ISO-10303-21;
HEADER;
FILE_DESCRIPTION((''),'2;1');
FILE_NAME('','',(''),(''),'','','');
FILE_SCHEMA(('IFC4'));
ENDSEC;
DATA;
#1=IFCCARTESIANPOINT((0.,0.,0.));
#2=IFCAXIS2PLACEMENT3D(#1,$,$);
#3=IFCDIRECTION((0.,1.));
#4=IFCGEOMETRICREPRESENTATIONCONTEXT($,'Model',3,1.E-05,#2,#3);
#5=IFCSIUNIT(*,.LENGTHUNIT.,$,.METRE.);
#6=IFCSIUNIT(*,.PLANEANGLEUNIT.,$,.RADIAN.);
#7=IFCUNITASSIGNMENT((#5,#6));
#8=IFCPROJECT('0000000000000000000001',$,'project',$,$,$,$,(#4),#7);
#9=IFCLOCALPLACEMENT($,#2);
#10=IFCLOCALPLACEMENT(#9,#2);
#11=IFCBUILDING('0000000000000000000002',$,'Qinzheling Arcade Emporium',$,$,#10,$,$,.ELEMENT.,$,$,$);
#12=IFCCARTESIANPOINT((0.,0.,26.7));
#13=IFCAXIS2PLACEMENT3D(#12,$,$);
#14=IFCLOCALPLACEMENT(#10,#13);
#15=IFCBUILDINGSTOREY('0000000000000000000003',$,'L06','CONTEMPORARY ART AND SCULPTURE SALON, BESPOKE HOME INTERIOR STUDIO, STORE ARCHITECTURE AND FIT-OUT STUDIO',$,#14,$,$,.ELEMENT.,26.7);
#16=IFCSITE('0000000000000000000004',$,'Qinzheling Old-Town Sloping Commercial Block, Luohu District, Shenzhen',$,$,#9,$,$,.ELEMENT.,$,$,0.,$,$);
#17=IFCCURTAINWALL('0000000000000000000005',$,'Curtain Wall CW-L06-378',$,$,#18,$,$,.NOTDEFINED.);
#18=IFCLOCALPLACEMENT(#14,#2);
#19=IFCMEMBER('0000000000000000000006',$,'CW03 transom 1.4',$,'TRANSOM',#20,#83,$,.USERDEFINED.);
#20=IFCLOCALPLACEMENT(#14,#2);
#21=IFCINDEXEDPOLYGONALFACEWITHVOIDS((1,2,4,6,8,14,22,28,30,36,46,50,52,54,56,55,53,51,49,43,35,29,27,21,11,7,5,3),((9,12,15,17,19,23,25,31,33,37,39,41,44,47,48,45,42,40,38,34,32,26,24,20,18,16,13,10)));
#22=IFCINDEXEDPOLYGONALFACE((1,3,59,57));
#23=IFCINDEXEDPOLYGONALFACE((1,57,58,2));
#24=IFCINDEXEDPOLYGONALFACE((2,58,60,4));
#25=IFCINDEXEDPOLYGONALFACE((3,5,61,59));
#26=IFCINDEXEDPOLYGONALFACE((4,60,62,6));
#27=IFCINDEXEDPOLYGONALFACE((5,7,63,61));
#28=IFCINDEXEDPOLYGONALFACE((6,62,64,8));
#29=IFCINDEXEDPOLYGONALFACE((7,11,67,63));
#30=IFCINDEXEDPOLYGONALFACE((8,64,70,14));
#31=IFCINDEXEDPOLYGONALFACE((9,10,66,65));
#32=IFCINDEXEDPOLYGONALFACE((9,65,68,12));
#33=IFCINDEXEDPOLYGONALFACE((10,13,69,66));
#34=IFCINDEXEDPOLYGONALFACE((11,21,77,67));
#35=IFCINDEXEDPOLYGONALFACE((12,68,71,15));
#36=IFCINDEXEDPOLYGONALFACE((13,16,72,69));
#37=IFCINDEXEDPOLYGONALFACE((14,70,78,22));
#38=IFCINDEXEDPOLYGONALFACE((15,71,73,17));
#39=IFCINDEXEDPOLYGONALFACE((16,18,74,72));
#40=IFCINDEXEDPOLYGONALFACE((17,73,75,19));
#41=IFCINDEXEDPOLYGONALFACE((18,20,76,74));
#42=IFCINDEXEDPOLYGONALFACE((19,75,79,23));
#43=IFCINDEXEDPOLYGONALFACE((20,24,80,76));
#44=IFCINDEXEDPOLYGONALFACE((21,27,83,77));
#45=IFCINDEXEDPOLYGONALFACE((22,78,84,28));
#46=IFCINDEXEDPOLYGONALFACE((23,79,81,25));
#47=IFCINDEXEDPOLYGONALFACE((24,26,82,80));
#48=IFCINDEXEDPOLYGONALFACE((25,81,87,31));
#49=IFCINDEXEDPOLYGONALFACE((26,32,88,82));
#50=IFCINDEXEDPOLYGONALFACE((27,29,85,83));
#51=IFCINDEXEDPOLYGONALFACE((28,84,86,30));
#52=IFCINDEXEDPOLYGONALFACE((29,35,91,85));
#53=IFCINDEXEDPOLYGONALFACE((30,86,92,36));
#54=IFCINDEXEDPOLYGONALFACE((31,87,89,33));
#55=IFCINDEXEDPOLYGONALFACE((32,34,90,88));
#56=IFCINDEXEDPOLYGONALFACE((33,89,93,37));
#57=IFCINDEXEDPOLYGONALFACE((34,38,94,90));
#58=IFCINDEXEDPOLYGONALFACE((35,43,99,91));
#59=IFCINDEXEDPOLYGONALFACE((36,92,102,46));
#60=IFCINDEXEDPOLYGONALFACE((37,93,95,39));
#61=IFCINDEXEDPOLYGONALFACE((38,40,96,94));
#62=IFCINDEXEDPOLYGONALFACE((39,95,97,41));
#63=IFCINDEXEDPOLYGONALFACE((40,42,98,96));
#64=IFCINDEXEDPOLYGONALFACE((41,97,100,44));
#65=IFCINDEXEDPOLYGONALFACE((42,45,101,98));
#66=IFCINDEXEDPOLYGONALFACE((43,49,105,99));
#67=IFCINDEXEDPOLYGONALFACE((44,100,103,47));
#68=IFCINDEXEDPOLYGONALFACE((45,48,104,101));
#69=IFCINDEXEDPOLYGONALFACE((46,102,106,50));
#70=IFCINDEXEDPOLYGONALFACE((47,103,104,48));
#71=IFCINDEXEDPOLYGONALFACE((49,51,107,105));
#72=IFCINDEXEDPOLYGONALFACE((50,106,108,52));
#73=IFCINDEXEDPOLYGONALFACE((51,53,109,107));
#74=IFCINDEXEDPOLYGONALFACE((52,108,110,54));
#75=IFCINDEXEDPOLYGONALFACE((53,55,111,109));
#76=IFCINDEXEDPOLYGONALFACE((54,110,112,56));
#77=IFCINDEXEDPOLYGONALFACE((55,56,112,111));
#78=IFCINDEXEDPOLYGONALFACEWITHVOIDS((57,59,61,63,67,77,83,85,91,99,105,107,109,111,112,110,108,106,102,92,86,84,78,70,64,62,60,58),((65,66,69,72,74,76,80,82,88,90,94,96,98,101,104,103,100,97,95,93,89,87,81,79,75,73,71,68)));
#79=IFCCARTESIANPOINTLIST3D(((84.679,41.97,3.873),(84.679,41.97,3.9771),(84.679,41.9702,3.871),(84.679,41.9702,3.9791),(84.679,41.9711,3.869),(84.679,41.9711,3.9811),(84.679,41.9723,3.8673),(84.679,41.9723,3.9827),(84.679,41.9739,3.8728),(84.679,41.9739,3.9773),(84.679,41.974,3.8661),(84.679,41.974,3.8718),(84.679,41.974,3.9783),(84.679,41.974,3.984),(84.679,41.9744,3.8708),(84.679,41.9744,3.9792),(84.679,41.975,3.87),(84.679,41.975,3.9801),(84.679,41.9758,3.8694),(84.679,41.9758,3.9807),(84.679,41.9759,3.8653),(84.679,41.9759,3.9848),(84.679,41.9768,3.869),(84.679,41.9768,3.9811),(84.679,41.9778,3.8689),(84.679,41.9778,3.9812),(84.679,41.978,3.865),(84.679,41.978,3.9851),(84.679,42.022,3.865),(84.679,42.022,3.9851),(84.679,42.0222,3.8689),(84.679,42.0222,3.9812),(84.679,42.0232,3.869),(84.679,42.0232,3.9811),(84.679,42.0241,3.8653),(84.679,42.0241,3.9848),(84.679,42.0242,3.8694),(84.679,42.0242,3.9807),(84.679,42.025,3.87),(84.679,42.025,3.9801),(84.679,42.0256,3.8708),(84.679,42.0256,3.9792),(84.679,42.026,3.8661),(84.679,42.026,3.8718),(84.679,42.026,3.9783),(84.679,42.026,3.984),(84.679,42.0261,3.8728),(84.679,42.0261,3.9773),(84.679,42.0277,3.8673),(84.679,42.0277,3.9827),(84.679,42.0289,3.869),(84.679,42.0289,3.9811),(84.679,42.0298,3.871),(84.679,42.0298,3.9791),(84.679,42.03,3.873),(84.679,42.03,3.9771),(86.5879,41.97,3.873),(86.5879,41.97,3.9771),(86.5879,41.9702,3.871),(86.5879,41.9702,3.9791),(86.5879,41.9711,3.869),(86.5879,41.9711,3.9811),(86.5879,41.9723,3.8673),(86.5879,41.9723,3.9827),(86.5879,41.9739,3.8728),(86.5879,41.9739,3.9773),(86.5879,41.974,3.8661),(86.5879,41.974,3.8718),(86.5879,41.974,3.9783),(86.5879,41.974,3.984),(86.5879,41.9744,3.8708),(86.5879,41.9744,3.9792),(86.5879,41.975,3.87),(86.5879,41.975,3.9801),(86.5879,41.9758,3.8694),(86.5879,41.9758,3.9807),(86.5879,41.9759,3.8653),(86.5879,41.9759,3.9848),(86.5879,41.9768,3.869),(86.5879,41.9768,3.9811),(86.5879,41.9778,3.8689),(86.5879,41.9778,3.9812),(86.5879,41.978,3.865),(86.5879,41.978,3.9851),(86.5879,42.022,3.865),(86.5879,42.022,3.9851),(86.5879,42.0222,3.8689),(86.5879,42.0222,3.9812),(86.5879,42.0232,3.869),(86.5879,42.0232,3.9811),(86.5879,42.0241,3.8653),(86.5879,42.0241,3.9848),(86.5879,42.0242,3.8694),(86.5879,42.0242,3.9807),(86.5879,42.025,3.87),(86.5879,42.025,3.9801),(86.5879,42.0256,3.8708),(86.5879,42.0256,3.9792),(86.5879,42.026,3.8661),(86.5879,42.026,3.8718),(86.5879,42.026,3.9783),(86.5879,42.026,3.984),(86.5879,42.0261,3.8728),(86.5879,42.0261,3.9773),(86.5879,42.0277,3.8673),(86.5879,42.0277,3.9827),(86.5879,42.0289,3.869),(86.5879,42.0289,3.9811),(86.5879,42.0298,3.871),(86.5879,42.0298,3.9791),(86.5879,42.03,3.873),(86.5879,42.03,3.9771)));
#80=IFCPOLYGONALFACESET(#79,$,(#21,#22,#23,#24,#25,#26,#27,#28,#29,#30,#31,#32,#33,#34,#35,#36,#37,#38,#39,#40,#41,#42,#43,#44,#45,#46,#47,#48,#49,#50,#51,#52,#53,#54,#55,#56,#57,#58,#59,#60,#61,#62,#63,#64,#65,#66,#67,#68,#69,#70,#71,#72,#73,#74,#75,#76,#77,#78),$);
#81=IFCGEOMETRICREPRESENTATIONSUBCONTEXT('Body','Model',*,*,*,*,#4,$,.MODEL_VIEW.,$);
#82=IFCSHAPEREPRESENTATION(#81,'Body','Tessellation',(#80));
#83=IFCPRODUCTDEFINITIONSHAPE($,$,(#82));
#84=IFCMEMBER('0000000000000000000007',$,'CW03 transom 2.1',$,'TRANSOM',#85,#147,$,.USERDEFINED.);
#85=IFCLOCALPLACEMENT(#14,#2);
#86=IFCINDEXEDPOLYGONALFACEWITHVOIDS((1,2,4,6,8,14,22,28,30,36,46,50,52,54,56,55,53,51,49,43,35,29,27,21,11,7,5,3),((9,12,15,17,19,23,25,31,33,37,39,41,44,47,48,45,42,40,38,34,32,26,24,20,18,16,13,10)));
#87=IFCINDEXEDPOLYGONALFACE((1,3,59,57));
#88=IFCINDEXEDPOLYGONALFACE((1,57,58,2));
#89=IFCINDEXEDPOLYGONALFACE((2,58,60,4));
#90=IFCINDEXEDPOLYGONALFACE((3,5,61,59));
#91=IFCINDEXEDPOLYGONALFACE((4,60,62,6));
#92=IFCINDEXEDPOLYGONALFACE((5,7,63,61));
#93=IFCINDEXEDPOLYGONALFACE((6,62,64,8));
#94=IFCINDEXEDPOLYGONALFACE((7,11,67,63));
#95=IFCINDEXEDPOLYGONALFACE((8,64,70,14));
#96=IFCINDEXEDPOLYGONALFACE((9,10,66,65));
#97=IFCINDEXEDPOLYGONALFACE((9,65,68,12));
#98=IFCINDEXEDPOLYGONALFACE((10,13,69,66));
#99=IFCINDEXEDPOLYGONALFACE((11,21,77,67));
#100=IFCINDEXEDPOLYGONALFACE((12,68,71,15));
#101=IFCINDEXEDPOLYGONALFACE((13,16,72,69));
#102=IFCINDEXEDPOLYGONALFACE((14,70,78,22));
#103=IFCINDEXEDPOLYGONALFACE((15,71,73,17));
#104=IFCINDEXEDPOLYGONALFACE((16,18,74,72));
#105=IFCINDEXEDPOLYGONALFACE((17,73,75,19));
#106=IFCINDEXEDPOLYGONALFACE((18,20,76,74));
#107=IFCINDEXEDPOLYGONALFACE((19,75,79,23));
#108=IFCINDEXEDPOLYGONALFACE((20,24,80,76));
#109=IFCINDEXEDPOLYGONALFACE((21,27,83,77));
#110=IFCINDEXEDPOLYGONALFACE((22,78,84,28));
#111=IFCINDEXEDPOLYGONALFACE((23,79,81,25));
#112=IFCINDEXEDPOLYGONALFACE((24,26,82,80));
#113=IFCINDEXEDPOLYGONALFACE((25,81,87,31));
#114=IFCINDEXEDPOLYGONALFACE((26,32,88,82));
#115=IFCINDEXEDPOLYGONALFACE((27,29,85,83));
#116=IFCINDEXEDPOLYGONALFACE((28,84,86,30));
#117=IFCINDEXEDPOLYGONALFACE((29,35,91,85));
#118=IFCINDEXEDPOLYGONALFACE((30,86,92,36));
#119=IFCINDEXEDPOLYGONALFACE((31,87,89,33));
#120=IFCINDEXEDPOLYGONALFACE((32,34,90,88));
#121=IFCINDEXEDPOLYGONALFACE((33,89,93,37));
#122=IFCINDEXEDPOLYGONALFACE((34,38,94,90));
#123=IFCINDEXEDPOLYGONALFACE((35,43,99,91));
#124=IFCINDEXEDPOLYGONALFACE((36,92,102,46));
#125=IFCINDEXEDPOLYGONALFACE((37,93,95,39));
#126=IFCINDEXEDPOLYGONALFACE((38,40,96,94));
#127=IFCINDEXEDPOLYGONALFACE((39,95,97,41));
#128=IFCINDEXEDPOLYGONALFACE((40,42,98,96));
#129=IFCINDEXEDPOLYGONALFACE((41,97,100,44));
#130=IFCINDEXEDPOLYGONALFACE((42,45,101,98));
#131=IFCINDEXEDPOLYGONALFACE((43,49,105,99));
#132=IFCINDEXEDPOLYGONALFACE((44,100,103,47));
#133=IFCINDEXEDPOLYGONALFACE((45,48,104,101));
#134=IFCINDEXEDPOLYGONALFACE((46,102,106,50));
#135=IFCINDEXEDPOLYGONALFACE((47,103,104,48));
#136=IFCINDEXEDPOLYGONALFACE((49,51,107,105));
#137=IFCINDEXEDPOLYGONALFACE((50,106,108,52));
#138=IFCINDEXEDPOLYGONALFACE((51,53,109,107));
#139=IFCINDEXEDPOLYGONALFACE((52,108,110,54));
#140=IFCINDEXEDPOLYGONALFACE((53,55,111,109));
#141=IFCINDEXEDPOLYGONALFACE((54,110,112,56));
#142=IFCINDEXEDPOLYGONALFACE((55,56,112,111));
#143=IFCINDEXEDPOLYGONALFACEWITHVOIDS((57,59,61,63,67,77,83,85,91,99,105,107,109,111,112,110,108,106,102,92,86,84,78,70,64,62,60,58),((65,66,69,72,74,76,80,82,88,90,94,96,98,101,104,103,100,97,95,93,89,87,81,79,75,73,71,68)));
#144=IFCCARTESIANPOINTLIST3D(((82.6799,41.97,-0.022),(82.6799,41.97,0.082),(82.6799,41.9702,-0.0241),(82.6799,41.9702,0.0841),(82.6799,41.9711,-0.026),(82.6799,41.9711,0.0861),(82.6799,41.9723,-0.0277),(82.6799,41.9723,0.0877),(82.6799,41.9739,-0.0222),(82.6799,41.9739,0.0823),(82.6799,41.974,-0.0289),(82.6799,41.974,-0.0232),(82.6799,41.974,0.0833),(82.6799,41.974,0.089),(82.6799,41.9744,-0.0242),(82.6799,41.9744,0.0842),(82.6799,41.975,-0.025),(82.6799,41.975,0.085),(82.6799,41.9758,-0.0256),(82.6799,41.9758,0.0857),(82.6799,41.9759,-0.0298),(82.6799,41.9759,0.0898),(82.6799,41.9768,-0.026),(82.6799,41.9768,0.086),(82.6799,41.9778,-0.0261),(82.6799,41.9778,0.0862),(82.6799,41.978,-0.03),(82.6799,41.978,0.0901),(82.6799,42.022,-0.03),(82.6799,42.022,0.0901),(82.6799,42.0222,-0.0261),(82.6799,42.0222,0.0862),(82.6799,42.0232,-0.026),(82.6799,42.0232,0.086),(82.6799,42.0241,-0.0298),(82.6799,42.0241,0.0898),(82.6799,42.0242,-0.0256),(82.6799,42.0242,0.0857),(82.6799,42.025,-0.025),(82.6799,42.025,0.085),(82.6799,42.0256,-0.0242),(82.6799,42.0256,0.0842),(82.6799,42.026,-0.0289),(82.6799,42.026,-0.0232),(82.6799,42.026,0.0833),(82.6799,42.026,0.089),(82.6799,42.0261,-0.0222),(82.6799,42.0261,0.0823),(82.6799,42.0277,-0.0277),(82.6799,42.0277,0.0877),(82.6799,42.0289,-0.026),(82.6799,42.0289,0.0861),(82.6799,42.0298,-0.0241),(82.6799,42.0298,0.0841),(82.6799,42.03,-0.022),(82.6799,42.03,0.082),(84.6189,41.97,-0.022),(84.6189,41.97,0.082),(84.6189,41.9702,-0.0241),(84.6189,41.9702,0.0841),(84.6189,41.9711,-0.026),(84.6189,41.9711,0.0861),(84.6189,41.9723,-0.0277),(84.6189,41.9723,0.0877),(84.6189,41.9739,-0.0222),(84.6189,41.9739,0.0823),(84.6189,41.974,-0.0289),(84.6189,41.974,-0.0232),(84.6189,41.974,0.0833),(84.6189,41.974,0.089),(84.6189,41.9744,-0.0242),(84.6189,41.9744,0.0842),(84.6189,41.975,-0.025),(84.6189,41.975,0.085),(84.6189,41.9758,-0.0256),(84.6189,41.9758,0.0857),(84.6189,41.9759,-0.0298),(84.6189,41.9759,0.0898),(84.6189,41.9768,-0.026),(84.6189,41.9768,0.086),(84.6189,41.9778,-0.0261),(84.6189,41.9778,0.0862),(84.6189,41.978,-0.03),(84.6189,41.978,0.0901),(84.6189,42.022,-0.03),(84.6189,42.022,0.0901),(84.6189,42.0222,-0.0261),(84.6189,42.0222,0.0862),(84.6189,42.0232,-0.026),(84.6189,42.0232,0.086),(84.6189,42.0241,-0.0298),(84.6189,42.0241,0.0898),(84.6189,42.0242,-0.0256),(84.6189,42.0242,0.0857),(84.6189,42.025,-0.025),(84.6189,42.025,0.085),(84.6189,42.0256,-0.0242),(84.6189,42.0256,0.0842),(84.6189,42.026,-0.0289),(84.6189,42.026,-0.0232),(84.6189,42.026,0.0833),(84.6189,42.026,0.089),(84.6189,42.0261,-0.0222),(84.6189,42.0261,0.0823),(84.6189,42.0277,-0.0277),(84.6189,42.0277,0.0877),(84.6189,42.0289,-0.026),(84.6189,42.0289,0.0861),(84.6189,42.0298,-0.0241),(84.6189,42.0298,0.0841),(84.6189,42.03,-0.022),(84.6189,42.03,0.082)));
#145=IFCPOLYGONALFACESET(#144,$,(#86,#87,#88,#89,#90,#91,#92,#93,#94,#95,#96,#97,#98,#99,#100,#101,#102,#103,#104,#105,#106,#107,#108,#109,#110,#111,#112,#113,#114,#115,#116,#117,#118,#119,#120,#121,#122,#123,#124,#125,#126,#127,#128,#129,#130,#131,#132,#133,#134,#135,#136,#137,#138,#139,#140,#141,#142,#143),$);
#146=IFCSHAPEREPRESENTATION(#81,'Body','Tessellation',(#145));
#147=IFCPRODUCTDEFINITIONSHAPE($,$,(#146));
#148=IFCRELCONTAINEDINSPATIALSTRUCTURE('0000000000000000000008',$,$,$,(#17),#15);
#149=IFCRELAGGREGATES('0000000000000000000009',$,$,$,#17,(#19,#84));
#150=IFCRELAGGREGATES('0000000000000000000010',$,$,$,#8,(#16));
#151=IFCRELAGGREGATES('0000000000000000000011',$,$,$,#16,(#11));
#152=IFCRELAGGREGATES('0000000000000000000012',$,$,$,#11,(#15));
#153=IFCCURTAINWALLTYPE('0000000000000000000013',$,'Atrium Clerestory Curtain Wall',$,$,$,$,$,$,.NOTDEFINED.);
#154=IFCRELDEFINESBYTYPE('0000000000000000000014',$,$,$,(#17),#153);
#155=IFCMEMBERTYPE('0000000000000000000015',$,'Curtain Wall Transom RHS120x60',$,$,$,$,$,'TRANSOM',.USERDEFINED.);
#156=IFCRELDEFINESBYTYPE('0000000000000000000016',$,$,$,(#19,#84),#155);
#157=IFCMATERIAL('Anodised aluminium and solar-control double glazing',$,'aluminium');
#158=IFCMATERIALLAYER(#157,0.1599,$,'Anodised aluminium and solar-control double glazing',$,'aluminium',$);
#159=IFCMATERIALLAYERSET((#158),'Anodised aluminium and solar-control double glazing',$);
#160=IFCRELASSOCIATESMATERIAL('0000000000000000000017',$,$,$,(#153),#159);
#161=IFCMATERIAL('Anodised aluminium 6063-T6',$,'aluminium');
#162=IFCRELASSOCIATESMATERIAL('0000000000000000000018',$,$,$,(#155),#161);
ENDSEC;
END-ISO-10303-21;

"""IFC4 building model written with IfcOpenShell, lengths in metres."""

from ifc_helpers import new_model, si_unit, direction, frame, origin, origin_2d, place, context, subcontext, project, spatial, hollow_rectangle, extrude, material, layer, layer_set, material_profile, profile_set, type_object, element, aggregate, save


model = new_model("IFC4")

# Units and contexts
model_context = context("Model", 3, precision=1e-05, world=origin(), true_north=direction((0.0, 1.0)))
body_context = subcontext(model_context, "Body", "Model", "MODEL_VIEW")
ifc_project = project(units=[si_unit("LENGTHUNIT", "METRE"), si_unit("PLANEANGLEUNIT", "RADIAN")], contexts=[model_context])

# Site, building, storey
site_placement = place(None, origin())
site = spatial("IfcSite", under=ifc_project, at=site_placement, Name="Qinzheling Old-Town Sloping Commercial Block, Luohu District, Shenzhen", CompositionType="ELEMENT", RefElevation=0.0)
building_placement = place(site_placement, origin())
building = spatial("IfcBuilding", under=site, at=building_placement, Name="Qinzheling Arcade Emporium", CompositionType="ELEMENT")
storey_placement = place(building_placement, frame((0.0, 0.0, 26.7)))
storey = spatial("IfcBuildingStorey", under=building, at=storey_placement, Name="L06", Description="CONTEMPORARY ART AND SCULPTURE SALON, BESPOKE HOME INTERIOR STUDIO, STORE ARCHITECTURE AND FIT-OUT STUDIO", CompositionType="ELEMENT", Elevation=26.7)

# Curtain wall, members
ifc_material_1 = material(Name="Anodised aluminium and solar-control double glazing", Category="aluminium")
ifc_layer_1 = layer(ifc_material_1, 0.1599, Name="Anodised aluminium and solar-control double glazing", Category="aluminium")
ifc_layer_set_1 = layer_set([ifc_layer_1], Name="Anodised aluminium and solar-control double glazing")
curtain_wall_type = type_object("IfcCurtainWallType", Name="Atrium Clerestory Curtain Wall", PredefinedType="NOTDEFINED", material=ifc_layer_set_1)
curtain_wall_placement = place(storey_placement, origin())
curtain_wall = element("IfcCurtainWall", 1, at=curtain_wall_placement, inside=storey, type_object=curtain_wall_type, Name="Curtain Wall CW-L06-378", PredefinedType="NOTDEFINED")
ifc_material_2 = material(Name="Anodised aluminium 6063-T6", Category="aluminium")
ifc_material_profile_1 = material_profile(ifc_material_2, hollow_rectangle(XDim=0.0601, YDim=0.1201, WallThickness=0.0039, InnerFilletRadius=0.0039, OuterFilletRadius=0.0081, at=origin_2d()), Name="RHS 120x60x4", Category="aluminium")
ifc_profile_set_1 = profile_set([ifc_material_profile_1], Name="Anodised aluminium 6063-T6")
member_type_1 = type_object("IfcMemberType", Name="Curtain Wall Transom RHS120x60", ElementType="TRANSOM", PredefinedType="USERDEFINED", material=ifc_profile_set_1)
member_1_placement = place(storey_placement, frame((86.5879, 42.0, 3.925), z_axis=(-1.0, 0.0, 0.0), x_axis=(0.0, -1.0, 0.0)))
member_1 = element("IfcMember", 2, at=member_1_placement, type_object=member_type_1, Name="CW03 transom 1.4", ObjectType="TRANSOM", PredefinedType="USERDEFINED", context=body_context, shape_type="SweptSolid", body=[
    extrude(hollow_rectangle(XDim=0.0601, YDim=0.1201, WallThickness=0.0039, InnerFilletRadius=0.0039, OuterFilletRadius=0.0081, at=origin_2d()), origin(), (0.0, 0.0, 1.0), 1.9089),
])
member_2_placement = place(storey_placement, frame((84.6189, 42.0, 0.03), z_axis=(-1.0, 0.0, 0.0), x_axis=(0.0, -1.0, 0.0)))
member_2 = element("IfcMember", 3, at=member_2_placement, type_object=member_type_1, Name="CW03 transom 2.1", ObjectType="TRANSOM", PredefinedType="USERDEFINED", context=body_context, shape_type="SweptSolid", body=[
    extrude(hollow_rectangle(XDim=0.0601, YDim=0.1201, WallThickness=0.0039, InnerFilletRadius=0.0039, OuterFilletRadius=0.0081, at=origin_2d()), origin(), (0.0, 0.0, 1.0), 1.939),
])
aggregate(curtain_wall, [member_1, member_2])

save(model, "model.ifc")
